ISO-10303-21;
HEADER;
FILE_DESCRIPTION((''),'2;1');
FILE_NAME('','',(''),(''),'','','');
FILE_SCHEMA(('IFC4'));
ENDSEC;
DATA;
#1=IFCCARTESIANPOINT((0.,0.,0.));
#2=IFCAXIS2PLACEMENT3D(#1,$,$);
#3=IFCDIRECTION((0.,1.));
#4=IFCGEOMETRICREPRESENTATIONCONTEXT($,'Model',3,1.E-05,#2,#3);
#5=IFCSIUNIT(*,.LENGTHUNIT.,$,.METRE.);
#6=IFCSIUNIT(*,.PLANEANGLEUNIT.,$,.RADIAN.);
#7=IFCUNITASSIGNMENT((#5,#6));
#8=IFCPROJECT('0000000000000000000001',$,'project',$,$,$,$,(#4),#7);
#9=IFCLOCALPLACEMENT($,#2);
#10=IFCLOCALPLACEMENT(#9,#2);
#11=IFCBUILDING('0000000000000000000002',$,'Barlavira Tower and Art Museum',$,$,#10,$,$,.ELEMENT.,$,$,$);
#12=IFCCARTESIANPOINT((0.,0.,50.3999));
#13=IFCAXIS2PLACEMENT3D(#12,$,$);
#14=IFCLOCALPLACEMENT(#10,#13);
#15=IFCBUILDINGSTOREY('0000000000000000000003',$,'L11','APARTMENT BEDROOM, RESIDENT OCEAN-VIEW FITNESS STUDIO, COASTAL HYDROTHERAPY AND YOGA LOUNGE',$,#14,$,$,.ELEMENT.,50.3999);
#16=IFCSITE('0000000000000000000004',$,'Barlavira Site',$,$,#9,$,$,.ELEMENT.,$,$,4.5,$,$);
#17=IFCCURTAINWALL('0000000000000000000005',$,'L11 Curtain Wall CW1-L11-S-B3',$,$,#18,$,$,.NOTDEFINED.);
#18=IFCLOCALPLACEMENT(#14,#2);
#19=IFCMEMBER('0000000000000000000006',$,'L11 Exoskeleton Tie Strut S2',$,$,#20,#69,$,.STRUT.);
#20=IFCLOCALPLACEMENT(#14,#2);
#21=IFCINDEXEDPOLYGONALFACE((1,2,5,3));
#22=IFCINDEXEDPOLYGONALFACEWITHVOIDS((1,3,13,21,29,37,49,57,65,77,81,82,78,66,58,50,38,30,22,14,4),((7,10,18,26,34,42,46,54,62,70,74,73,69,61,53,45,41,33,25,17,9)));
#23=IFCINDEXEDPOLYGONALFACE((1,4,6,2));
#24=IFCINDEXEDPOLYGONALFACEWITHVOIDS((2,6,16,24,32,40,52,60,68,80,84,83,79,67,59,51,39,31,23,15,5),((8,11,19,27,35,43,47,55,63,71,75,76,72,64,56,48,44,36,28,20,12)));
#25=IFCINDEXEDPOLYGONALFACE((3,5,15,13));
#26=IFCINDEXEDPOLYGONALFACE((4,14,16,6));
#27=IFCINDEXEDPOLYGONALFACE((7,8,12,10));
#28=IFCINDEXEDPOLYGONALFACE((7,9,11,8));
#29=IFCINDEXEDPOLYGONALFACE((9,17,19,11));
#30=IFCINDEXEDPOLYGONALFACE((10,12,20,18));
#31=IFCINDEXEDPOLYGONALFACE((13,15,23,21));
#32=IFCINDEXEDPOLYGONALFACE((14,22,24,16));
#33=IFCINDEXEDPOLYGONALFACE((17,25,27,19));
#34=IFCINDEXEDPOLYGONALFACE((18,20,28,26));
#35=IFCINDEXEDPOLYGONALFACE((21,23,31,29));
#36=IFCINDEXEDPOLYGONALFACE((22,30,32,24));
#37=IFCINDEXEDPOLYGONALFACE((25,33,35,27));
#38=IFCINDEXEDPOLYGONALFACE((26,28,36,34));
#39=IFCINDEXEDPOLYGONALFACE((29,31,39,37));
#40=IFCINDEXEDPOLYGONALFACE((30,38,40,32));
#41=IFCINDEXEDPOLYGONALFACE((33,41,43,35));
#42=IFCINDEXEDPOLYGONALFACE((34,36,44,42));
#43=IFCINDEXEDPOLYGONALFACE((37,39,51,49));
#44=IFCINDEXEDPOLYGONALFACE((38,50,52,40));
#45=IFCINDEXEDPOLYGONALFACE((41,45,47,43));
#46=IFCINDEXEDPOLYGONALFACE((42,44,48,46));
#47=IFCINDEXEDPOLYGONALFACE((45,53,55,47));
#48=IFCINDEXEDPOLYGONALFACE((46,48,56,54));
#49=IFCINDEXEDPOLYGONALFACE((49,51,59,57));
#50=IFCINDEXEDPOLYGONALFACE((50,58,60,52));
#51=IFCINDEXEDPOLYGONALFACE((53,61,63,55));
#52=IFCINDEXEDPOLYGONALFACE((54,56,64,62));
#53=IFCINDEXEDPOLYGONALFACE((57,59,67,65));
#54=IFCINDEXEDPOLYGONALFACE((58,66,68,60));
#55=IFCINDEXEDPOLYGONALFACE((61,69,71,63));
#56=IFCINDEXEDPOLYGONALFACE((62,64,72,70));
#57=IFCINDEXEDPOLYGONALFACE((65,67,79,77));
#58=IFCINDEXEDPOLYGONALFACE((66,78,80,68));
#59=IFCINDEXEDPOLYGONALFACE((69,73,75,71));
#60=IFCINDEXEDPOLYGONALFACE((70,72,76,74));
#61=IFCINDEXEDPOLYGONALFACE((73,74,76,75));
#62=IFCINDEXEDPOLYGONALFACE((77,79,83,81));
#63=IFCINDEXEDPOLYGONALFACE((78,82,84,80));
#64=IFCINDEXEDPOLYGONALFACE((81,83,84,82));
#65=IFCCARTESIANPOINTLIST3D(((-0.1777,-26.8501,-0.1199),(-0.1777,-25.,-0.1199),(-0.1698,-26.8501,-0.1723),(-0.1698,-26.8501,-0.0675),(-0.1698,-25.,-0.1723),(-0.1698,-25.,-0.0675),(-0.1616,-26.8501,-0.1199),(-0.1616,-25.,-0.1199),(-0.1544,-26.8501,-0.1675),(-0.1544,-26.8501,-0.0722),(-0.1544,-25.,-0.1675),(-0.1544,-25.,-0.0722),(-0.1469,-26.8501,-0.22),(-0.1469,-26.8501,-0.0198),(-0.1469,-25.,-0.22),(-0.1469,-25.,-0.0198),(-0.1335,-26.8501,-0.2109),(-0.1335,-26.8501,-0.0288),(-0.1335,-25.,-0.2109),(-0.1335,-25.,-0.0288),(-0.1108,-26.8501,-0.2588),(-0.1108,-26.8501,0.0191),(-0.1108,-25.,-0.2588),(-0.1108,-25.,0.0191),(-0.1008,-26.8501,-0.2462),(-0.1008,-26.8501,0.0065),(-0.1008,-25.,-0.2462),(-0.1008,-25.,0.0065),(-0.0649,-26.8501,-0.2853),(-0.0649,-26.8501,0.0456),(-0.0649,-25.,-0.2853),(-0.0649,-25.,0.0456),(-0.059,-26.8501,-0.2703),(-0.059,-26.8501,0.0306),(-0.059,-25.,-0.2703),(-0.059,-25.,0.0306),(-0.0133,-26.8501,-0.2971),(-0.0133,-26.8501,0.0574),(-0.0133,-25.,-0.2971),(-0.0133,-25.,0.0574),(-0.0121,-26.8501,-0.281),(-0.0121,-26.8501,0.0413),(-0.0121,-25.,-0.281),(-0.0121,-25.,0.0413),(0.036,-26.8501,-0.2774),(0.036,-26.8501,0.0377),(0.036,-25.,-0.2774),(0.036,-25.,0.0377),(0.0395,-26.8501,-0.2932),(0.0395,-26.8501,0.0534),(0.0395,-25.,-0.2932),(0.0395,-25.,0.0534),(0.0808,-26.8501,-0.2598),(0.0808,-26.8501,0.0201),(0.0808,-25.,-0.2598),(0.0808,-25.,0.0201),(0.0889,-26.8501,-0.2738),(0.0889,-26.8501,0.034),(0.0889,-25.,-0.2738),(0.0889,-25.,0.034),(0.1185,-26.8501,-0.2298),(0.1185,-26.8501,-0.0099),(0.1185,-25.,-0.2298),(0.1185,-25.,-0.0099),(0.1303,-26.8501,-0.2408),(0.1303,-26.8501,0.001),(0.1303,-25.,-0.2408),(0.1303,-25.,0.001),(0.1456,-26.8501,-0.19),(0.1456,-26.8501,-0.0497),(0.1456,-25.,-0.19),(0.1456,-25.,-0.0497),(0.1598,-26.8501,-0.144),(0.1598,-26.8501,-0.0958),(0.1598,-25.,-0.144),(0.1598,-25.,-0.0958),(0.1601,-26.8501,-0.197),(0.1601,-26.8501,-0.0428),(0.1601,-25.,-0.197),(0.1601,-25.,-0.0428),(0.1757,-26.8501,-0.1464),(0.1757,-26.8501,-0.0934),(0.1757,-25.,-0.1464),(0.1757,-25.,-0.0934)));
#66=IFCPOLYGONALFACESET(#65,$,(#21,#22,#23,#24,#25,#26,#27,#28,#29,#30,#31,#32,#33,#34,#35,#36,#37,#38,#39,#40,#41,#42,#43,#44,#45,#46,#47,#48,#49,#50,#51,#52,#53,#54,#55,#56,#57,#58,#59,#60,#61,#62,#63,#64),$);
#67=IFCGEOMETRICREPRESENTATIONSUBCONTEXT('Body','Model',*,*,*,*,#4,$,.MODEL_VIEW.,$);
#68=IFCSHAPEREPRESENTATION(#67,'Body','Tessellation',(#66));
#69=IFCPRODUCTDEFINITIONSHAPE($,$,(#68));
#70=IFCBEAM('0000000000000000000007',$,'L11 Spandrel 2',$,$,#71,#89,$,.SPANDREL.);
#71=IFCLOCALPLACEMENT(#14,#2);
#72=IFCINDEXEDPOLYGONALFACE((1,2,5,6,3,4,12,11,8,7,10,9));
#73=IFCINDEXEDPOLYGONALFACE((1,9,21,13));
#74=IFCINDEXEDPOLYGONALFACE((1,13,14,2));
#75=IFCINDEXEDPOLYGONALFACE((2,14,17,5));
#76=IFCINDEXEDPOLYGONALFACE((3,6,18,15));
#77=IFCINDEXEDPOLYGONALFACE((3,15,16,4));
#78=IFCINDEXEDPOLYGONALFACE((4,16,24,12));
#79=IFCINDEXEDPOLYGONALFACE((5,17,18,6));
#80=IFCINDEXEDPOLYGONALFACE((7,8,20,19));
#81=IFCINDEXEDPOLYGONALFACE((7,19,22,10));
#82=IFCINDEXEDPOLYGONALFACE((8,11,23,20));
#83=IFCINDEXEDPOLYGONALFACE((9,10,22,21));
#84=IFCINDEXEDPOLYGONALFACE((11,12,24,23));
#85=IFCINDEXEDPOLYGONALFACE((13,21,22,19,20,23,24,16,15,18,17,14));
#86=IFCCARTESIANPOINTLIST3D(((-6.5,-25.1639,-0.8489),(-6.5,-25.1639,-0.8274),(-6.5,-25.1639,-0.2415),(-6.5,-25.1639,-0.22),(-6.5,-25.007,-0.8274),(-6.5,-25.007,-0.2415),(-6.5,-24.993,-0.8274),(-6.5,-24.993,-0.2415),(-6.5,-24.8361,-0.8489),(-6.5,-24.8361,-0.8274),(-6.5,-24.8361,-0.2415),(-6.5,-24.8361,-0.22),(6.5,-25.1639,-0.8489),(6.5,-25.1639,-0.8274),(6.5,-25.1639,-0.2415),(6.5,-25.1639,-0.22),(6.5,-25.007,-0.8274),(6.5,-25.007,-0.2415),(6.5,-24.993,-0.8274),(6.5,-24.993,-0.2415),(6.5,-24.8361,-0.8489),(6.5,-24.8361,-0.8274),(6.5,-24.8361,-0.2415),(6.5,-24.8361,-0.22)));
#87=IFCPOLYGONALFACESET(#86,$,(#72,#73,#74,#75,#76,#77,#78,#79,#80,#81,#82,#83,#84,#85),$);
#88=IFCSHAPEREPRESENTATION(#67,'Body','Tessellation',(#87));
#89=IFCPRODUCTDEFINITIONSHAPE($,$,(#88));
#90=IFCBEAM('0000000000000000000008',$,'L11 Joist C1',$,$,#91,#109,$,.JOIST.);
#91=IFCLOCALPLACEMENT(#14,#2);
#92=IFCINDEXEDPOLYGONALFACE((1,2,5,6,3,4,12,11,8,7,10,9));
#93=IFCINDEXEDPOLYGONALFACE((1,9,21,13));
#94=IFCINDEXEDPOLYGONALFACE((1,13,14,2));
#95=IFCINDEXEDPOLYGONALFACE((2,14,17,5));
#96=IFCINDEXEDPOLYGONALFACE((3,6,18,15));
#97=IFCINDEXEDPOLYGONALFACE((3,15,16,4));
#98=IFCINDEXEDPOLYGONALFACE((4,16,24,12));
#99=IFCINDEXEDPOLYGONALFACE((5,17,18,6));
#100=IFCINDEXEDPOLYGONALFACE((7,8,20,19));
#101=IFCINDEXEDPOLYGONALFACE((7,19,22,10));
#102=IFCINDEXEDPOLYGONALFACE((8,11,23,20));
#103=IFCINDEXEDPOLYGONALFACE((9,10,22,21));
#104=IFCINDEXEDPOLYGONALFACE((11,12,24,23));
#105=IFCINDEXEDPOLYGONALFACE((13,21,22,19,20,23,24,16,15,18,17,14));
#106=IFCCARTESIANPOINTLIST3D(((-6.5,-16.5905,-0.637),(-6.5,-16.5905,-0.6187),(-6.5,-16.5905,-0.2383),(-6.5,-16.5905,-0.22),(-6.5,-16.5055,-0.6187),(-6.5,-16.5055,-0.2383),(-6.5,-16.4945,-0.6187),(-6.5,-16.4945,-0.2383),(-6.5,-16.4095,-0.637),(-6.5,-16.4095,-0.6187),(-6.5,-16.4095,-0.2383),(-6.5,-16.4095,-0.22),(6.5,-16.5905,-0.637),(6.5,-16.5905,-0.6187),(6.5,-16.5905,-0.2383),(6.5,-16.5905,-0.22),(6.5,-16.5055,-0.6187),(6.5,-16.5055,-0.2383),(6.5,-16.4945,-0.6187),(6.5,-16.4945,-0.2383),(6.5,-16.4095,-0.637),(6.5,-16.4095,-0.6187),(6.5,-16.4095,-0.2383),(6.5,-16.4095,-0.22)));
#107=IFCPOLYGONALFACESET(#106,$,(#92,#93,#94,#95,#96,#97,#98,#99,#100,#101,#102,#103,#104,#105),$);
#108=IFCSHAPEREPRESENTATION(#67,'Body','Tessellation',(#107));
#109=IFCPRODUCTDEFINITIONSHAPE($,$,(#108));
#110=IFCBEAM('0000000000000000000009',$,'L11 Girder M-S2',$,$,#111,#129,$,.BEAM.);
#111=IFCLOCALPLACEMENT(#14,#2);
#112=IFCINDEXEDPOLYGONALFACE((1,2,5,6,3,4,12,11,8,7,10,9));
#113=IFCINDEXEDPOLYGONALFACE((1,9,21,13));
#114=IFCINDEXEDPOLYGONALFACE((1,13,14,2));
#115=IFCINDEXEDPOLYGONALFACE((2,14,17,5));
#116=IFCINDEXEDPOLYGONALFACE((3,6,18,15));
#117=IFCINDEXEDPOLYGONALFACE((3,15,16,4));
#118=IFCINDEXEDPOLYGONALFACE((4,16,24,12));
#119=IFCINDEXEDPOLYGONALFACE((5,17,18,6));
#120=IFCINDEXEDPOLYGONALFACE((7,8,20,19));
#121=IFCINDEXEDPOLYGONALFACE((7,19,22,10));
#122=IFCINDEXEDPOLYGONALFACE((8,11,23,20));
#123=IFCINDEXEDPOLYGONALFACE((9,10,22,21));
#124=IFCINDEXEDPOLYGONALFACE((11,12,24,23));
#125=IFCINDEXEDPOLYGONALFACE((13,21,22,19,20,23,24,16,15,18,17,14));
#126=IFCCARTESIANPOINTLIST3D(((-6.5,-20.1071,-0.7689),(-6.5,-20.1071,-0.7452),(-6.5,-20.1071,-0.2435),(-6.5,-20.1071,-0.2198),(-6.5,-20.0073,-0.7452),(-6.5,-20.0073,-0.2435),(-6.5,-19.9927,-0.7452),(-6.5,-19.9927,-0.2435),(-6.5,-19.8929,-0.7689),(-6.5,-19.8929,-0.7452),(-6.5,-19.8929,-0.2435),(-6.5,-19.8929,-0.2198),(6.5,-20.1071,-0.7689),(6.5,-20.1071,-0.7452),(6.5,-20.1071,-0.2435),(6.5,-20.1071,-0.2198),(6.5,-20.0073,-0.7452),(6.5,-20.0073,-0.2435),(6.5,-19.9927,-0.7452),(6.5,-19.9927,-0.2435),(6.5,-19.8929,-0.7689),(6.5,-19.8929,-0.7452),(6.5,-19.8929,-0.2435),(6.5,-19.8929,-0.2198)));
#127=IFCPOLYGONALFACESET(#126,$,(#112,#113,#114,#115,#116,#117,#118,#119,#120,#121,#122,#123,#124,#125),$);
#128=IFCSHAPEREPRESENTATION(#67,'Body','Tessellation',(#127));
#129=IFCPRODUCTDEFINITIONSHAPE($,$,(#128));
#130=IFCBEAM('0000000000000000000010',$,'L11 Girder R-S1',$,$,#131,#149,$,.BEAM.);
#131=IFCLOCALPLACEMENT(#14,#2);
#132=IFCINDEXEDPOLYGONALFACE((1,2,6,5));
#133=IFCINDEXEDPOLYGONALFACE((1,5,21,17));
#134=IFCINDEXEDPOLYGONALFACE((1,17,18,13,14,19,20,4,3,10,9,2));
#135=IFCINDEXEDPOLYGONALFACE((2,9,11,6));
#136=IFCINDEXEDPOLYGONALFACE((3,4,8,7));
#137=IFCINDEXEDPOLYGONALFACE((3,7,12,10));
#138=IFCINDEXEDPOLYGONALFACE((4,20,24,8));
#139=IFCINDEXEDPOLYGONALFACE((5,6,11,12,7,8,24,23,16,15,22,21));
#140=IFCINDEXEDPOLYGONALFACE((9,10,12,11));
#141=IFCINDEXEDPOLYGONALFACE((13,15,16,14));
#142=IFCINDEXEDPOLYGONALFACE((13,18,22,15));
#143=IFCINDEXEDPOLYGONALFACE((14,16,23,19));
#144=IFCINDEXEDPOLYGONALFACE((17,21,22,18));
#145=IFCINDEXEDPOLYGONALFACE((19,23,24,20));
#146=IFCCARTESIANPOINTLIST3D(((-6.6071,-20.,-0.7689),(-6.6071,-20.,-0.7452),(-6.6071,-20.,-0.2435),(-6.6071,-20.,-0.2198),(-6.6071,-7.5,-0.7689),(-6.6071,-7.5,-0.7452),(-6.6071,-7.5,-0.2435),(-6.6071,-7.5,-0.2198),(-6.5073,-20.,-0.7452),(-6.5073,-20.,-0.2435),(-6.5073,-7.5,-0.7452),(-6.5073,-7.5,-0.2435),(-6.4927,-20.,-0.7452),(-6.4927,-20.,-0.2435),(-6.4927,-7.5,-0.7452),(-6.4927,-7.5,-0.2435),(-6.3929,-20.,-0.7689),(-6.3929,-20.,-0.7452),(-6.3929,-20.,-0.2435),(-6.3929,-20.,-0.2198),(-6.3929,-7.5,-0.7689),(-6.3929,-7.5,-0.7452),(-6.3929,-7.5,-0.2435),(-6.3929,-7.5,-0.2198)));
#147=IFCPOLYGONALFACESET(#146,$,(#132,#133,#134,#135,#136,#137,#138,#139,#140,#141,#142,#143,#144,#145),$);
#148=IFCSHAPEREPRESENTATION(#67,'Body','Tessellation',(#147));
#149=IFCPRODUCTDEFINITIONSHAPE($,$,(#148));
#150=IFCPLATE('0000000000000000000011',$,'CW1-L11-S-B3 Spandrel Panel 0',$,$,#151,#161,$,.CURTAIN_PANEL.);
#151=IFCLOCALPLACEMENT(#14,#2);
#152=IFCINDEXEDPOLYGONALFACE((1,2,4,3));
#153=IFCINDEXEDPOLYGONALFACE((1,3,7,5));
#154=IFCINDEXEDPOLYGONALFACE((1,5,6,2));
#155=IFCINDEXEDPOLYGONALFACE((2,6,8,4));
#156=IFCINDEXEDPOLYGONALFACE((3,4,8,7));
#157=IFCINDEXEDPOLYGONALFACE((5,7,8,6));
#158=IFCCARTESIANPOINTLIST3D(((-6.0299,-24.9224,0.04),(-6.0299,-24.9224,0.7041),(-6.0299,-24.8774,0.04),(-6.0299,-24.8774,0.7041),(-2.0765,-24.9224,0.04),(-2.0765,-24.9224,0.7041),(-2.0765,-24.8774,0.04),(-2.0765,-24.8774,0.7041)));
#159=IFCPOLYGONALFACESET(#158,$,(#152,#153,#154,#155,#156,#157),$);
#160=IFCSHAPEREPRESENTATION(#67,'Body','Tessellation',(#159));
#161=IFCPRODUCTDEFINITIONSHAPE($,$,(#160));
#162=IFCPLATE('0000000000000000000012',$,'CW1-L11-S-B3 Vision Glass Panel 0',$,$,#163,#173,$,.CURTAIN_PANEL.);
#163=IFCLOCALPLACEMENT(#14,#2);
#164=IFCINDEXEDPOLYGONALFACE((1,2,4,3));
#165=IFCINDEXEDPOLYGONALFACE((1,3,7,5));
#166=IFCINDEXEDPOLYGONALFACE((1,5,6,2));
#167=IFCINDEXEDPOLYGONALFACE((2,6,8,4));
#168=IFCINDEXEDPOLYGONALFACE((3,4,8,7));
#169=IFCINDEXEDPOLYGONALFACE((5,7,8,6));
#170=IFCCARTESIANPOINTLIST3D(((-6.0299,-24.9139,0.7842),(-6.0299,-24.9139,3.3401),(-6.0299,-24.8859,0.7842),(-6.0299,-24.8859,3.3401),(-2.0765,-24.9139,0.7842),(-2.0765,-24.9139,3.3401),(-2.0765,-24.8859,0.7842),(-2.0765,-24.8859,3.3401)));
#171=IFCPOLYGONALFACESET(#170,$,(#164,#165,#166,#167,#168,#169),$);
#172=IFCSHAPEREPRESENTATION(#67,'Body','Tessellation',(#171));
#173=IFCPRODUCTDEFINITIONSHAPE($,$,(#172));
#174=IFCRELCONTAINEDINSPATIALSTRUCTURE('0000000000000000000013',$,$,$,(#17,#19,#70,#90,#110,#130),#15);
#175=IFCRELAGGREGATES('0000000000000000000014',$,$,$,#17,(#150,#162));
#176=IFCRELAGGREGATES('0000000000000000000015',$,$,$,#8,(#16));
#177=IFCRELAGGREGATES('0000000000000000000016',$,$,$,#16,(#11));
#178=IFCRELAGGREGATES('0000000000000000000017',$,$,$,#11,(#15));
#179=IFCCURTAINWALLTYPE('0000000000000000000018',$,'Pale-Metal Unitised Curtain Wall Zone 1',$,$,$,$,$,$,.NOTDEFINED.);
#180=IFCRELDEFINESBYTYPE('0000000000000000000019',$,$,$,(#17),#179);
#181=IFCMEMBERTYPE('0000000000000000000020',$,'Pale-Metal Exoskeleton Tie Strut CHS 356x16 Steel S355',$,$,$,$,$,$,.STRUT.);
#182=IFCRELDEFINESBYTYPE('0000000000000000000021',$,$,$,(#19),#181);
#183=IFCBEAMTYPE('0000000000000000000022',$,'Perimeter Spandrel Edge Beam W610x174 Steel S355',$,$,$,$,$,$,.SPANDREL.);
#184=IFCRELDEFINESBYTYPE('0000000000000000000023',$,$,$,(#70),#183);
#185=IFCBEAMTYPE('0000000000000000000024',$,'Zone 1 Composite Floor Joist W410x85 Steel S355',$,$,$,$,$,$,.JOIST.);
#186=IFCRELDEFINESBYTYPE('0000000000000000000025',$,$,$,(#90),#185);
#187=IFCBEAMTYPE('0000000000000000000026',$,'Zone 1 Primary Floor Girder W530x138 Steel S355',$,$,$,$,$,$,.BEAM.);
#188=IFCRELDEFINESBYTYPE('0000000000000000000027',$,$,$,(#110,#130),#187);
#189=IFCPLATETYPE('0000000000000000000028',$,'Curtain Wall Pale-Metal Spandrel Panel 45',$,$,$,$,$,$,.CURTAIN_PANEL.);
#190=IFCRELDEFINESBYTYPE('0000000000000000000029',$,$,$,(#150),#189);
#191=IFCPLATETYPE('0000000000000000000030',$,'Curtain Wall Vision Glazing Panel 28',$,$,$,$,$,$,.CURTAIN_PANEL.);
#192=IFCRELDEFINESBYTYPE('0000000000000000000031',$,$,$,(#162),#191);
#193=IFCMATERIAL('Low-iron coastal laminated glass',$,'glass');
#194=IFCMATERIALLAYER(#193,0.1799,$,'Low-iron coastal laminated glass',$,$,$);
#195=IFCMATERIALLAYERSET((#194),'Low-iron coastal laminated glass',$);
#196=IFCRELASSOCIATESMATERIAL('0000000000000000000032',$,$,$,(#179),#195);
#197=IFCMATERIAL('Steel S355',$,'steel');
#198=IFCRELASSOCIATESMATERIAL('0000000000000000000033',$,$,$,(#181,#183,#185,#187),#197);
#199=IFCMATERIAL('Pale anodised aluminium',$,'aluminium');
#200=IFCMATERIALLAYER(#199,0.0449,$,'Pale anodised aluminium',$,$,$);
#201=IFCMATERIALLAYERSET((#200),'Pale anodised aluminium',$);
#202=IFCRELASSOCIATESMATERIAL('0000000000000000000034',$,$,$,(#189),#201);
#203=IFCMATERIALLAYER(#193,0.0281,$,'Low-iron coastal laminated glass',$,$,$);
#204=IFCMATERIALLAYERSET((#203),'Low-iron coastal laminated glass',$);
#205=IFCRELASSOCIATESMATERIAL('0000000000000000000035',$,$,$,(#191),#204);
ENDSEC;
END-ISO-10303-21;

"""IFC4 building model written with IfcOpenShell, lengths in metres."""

from ifc_helpers import new_model, si_unit, direction, frame, origin, origin_2d, place, context, subcontext, project, spatial, rectangle, hollow_circle, i_section, extrude, material, layer, layer_set, material_profile, profile_set, type_object, element, aggregate, save


model = new_model("IFC4")

# Units and contexts
model_context = context("Model", 3, precision=1e-05, world=origin(), true_north=direction((0.0, 1.0)))
body_context = subcontext(model_context, "Body", "Model", "MODEL_VIEW")
ifc_project = project(units=[si_unit("LENGTHUNIT", "METRE"), si_unit("PLANEANGLEUNIT", "RADIAN")], contexts=[model_context])

# Site, building, storey
site_placement = place(None, origin())
site = spatial("IfcSite", under=ifc_project, at=site_placement, Name="Barlavira Site", CompositionType="ELEMENT", RefElevation=4.5)
building_placement = place(site_placement, origin())
building = spatial("IfcBuilding", under=site, at=building_placement, Name="Barlavira Tower and Art Museum", CompositionType="ELEMENT")
storey_placement = place(building_placement, frame((0.0, 0.0, 50.3999)))
storey = spatial("IfcBuildingStorey", under=building, at=storey_placement, Name="L11", Description="APARTMENT BEDROOM, RESIDENT OCEAN-VIEW FITNESS STUDIO, COASTAL HYDROTHERAPY AND YOGA LOUNGE", CompositionType="ELEMENT", Elevation=50.3999)

# Curtain wall
ifc_material_1 = material(Name="Low-iron coastal laminated glass", Category="glass")
ifc_layer_1 = layer(ifc_material_1, 0.1799, Name="Low-iron coastal laminated glass")
ifc_layer_set_1 = layer_set([ifc_layer_1], Name="Low-iron coastal laminated glass")
curtain_wall_type = type_object("IfcCurtainWallType", Name="Pale-Metal Unitised Curtain Wall Zone 1", PredefinedType="NOTDEFINED", material=ifc_layer_set_1)
curtain_wall_placement = place(storey_placement, origin())
curtain_wall = element("IfcCurtainWall", 1, at=curtain_wall_placement, inside=storey, type_object=curtain_wall_type, Name="L11 Curtain Wall CW1-L11-S-B3", PredefinedType="NOTDEFINED")
ifc_material_2 = material(Name="Pale anodised aluminium", Category="aluminium")

# Member
ifc_material_3 = material(Name="Steel S355", Category="steel")
ifc_material_profile_1 = material_profile(ifc_material_3, hollow_circle(Radius=0.1777, WallThickness=0.0161, at=origin_2d()), Name="CHS 355.6x16.0")
ifc_profile_set_1 = profile_set([ifc_material_profile_1], Name="Steel S355")
member_type_1 = type_object("IfcMemberType", Name="Pale-Metal Exoskeleton Tie Strut CHS 356x16 Steel S355", PredefinedType="STRUT", material=ifc_profile_set_1)
member_1_placement = place(storey_placement, frame((0.0, -26.8501, -0.1199), z_axis=(0.0, 1.0, 0.0), x_axis=(-1.0, 0.0, 0.0)))
element("IfcMember", 2, at=member_1_placement, inside=storey, type_object=member_type_1, Name="L11 Exoskeleton Tie Strut S2", PredefinedType="STRUT", context=body_context, shape_type="SweptSolid", body=[
    extrude(hollow_circle(Radius=0.1777, WallThickness=0.0161, at=origin_2d()), origin(), (0.0, 0.0, 1.0), 1.8501),
])

# Beams
ifc_material_profile_2 = material_profile(ifc_material_3, i_section(OverallWidth=0.3279, OverallDepth=0.6289, WebThickness=0.0139, FlangeThickness=0.0215, at=origin_2d()), Name="W610x174.0")
ifc_profile_set_2 = profile_set([ifc_material_profile_2], Name="Steel S355")
beam_type_1 = type_object("IfcBeamType", Name="Perimeter Spandrel Edge Beam W610x174 Steel S355", PredefinedType="SPANDREL", material=ifc_profile_set_2)
beam_1_placement = place(storey_placement, frame((-6.5, -25.0, -0.5344), z_axis=(1.0, 0.0, 0.0), x_axis=(0.0, 1.0, 0.0)))
element("IfcBeam", 3, at=beam_1_placement, inside=storey, type_object=beam_type_1, Name="L11 Spandrel 2", PredefinedType="SPANDREL", context=body_context, shape_type="SweptSolid", body=[
    extrude(i_section(OverallWidth=0.3279, OverallDepth=0.6289, WebThickness=0.0139, FlangeThickness=0.0215, at=origin_2d()), origin(), (0.0, 0.0, 1.0), 13.0),
])
ifc_material_profile_3 = material_profile(ifc_material_3, i_section(OverallWidth=0.1809, OverallDepth=0.417, WebThickness=0.011, FlangeThickness=0.0183, at=origin_2d()), Name="W410x85.0")
ifc_profile_set_3 = profile_set([ifc_material_profile_3], Name="Steel S355")
beam_type_2 = type_object("IfcBeamType", Name="Zone 1 Composite Floor Joist W410x85 Steel S355", PredefinedType="JOIST", material=ifc_profile_set_3)
beam_2_placement = place(storey_placement, frame((-6.5, -16.5, -0.4285), z_axis=(1.0, 0.0, 0.0), x_axis=(0.0, 1.0, 0.0)))
element("IfcBeam", 4, at=beam_2_placement, inside=storey, type_object=beam_type_2, Name="L11 Joist C1", PredefinedType="JOIST", context=body_context, shape_type="SweptSolid", body=[
    extrude(i_section(OverallWidth=0.1809, OverallDepth=0.417, WebThickness=0.011, FlangeThickness=0.0183, at=origin_2d()), origin(), (0.0, 0.0, 1.0), 13.0),
])
ifc_material_profile_4 = material_profile(ifc_material_3, i_section(OverallWidth=0.2141, OverallDepth=0.5491, WebThickness=0.0146, FlangeThickness=0.0237, at=origin_2d()), Name="W530x138.0")
ifc_profile_set_4 = profile_set([ifc_material_profile_4], Name="Steel S355")
beam_type_3 = type_object("IfcBeamType", Name="Zone 1 Primary Floor Girder W530x138 Steel S355", PredefinedType="BEAM", material=ifc_profile_set_4)
beam_3_placement = place(storey_placement, frame((-6.5, -20.0, -0.4944), z_axis=(1.0, 0.0, 0.0), x_axis=(0.0, 1.0, 0.0)))
element("IfcBeam", 5, at=beam_3_placement, inside=storey, type_object=beam_type_3, Name="L11 Girder M-S2", PredefinedType="BEAM", context=body_context, shape_type="SweptSolid", body=[
    extrude(i_section(OverallWidth=0.2141, OverallDepth=0.5491, WebThickness=0.0146, FlangeThickness=0.0237, at=origin_2d()), origin(), (0.0, 0.0, 1.0), 13.0),
])
beam_4_placement = place(storey_placement, frame((-6.5, -20.0, -0.4944), z_axis=(0.0, 1.0, 0.0), x_axis=(-1.0, 0.0, 0.0)))
element("IfcBeam", 6, at=beam_4_placement, inside=storey, type_object=beam_type_3, Name="L11 Girder R-S1", PredefinedType="BEAM", context=body_context, shape_type="SweptSolid", body=[
    extrude(i_section(OverallWidth=0.2141, OverallDepth=0.5491, WebThickness=0.0146, FlangeThickness=0.0237, at=origin_2d()), origin(), (0.0, 0.0, 1.0), 12.5),
])

# Plates
ifc_layer_2 = layer(ifc_material_2, 0.0449, Name="Pale anodised aluminium")
ifc_layer_set_2 = layer_set([ifc_layer_2], Name="Pale anodised aluminium")
plate_type_1 = type_object("IfcPlateType", Name="Curtain Wall Pale-Metal Spandrel Panel 45", PredefinedType="CURTAIN_PANEL", material=ifc_layer_set_2)
plate_1_placement = place(storey_placement, frame((-4.0532, -24.8999, 0.04), z_axis=(0.0, 0.0, 1.0), x_axis=(1.0, 0.0, 0.0)))
plate_1 = element("IfcPlate", 7, at=plate_1_placement, type_object=plate_type_1, Name="CW1-L11-S-B3 Spandrel Panel 0", PredefinedType="CURTAIN_PANEL", context=body_context, shape_type="SweptSolid", body=[
    extrude(rectangle(XDim=3.9534, YDim=0.0449, at=origin_2d()), origin(), (0.0, 0.0, 1.0), 0.6641),
])
ifc_layer_3 = layer(ifc_material_1, 0.0281, Name="Low-iron coastal laminated glass")
ifc_layer_set_3 = layer_set([ifc_layer_3], Name="Low-iron coastal laminated glass")
plate_type_2 = type_object("IfcPlateType", Name="Curtain Wall Vision Glazing Panel 28", PredefinedType="CURTAIN_PANEL", material=ifc_layer_set_3)
plate_2_placement = place(storey_placement, frame((-4.0532, -24.8999, 0.7842), z_axis=(0.0, 0.0, 1.0), x_axis=(1.0, 0.0, 0.0)))
plate_2 = element("IfcPlate", 8, at=plate_2_placement, type_object=plate_type_2, Name="CW1-L11-S-B3 Vision Glass Panel 0", PredefinedType="CURTAIN_PANEL", context=body_context, shape_type="SweptSolid", body=[
    extrude(rectangle(XDim=3.9534, YDim=0.0281, at=origin_2d()), origin(), (0.0, 0.0, 1.0), 2.5559),
])
aggregate(curtain_wall, [plate_1, plate_2])

save(model, "model.ifc")
